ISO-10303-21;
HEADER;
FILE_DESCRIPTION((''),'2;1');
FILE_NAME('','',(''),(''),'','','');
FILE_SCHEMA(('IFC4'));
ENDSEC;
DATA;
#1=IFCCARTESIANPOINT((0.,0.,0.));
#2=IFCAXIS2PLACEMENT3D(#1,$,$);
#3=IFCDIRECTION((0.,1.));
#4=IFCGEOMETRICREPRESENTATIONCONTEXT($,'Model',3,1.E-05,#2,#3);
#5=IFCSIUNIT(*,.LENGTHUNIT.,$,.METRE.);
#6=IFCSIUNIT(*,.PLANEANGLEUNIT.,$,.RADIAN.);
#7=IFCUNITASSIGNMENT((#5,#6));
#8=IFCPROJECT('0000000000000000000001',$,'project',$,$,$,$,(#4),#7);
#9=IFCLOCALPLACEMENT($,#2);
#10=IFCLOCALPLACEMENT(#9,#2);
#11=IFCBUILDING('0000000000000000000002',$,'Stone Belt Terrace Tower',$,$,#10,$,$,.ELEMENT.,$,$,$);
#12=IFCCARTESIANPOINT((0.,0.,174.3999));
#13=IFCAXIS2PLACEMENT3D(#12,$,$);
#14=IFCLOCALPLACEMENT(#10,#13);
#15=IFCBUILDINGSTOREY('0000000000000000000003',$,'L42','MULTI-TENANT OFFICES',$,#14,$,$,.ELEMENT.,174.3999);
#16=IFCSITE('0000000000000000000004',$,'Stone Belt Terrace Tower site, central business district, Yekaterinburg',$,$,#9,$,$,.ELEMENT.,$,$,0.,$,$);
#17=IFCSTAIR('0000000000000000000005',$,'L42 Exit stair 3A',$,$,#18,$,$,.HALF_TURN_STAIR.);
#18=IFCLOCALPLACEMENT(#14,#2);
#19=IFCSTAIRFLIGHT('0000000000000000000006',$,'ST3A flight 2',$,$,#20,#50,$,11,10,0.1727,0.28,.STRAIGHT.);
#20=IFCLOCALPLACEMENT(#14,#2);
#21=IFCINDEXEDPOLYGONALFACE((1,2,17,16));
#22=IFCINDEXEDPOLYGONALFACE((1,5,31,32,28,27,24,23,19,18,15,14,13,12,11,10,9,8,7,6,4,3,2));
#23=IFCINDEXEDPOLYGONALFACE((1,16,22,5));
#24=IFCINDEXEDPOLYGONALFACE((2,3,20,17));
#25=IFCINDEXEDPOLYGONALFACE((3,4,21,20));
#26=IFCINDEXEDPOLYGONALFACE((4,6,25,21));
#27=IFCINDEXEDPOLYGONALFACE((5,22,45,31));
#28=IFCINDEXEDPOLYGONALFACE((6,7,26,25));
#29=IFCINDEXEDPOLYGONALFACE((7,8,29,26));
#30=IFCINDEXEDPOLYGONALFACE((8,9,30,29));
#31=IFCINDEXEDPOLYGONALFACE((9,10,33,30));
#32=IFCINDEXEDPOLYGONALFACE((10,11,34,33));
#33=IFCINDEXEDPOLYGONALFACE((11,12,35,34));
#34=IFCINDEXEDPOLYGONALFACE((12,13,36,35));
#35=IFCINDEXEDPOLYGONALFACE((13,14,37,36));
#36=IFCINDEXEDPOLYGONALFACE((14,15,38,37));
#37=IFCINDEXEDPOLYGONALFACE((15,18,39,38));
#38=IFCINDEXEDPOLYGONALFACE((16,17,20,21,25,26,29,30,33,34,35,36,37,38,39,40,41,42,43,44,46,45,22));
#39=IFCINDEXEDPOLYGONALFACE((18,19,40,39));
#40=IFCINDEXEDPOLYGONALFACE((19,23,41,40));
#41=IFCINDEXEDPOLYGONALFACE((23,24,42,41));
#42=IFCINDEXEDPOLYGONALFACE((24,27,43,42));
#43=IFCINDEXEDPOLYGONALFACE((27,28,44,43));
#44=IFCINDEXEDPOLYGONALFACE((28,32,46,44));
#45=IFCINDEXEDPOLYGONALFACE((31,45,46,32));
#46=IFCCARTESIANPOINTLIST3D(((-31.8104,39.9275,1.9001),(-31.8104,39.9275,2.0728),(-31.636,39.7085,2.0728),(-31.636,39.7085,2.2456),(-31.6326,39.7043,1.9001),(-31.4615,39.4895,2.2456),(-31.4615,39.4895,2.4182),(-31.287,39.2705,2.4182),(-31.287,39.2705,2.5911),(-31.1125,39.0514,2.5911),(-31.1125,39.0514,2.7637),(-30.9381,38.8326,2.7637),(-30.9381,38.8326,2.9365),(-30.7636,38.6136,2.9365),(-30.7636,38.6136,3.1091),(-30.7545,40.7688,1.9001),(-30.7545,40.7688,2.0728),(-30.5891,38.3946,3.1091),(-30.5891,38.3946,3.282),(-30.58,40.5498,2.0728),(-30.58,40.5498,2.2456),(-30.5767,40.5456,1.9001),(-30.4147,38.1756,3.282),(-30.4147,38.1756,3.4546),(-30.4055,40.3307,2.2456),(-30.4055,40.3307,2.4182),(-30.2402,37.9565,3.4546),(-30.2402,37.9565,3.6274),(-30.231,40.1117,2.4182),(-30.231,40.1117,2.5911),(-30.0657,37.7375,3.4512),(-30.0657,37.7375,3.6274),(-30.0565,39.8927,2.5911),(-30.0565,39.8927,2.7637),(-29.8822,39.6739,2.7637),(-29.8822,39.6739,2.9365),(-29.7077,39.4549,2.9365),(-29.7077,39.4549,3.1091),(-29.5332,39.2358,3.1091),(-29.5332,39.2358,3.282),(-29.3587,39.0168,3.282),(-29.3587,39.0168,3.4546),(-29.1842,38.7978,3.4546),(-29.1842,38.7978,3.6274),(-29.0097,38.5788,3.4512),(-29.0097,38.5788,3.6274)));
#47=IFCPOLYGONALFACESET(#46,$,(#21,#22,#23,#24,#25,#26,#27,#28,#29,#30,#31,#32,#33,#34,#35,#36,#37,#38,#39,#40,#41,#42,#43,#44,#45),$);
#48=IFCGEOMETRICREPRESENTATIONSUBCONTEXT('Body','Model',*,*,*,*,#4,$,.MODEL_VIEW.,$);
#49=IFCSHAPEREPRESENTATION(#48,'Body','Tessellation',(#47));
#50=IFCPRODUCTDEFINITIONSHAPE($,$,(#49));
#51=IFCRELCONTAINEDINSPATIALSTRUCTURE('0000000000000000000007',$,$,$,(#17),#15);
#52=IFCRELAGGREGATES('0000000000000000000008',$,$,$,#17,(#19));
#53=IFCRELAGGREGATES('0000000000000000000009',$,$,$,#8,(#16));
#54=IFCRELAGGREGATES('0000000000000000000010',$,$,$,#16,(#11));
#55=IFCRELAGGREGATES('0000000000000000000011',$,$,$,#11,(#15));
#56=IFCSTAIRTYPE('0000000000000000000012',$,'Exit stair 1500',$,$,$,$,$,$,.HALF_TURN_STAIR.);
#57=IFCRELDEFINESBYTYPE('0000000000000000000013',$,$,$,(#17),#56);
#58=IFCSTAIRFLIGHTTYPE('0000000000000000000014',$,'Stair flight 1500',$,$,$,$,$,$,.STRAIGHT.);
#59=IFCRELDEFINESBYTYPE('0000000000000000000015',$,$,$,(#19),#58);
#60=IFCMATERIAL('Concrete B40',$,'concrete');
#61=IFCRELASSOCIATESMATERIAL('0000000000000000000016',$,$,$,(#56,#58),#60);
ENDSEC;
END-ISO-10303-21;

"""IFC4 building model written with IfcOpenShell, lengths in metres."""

from ifc_helpers import new_model, si_unit, direction, frame, origin, place, context, subcontext, project, spatial, polyline, outline, extrude, material, type_object, element, aggregate, save


model = new_model("IFC4")

# Units and contexts
model_context = context("Model", 3, precision=1e-05, world=origin(), true_north=direction((0.0, 1.0)))
body_context = subcontext(model_context, "Body", "Model", "MODEL_VIEW")
ifc_project = project(units=[si_unit("LENGTHUNIT", "METRE"), si_unit("PLANEANGLEUNIT", "RADIAN")], contexts=[model_context])

# Site, building, storey
site_placement = place(None, origin())
site = spatial("IfcSite", under=ifc_project, at=site_placement, Name="Stone Belt Terrace Tower site, central business district, Yekaterinburg", CompositionType="ELEMENT", RefElevation=0.0)
building_placement = place(site_placement, origin())
building = spatial("IfcBuilding", under=site, at=building_placement, Name="Stone Belt Terrace Tower", CompositionType="ELEMENT")
storey_placement = place(building_placement, frame((0.0, 0.0, 174.3999)))
storey = spatial("IfcBuildingStorey", under=building, at=storey_placement, Name="L42", Description="MULTI-TENANT OFFICES", CompositionType="ELEMENT", Elevation=174.3999)

# Stair, stair flight
ifc_material_1 = material(Name="Concrete B40", Category="concrete")
stair_type = type_object("IfcStairType", Name="Exit stair 1500", PredefinedType="HALF_TURN_STAIR", material=ifc_material_1)
stair_placement = place(storey_placement, origin())
stair = element("IfcStair", 1, at=stair_placement, inside=storey, type_object=stair_type, Name="L42 Exit stair 3A", PredefinedType="HALF_TURN_STAIR")
stair_flight_type = type_object("IfcStairFlightType", Name="Stair flight 1500", PredefinedType="STRAIGHT", material=ifc_material_1)
stair_flight_1_placement = place(storey_placement, frame((-31.2825, 40.3481, 1.9001), z_axis=(0.0, 0.0, 1.0), x_axis=(0.623121, -0.782125, 0.0)))
stair_flight_1 = element("IfcStairFlight", 2, at=stair_flight_1_placement, type_object=stair_flight_type, Name="ST3A flight 2", NumberOfRisers=11, NumberOfTreads=10, PredefinedType="STRAIGHT", RiserHeight=0.1727, TreadLength=0.28, context=body_context, shape_type="SweptSolid", body=[
    extrude(outline(polyline([(0.0, 0.0), (0.0, 0.1726), (0.28, 0.1726), (0.28, 0.3455), (0.5601, 0.3455), (0.5601, 0.5181), (0.8401, 0.5181), (0.8401, 0.6909), (1.1201, 0.6909), (1.1201, 0.8635), (1.3999, 0.8635), (1.3999, 1.0364), (1.6799, 1.0364), (1.6799, 1.209), (1.96, 1.209), (1.96, 1.3818), (2.24, 1.3818), (2.24, 1.5544), (2.52, 1.5544), (2.52, 1.7273), (2.8, 1.7273), (2.8, 1.8999), (2.8, 1.551), (0.2854, 0.0), (0.0, 0.0)])), frame((0.0, 0.675, 0.0), z_axis=(0.0, -1.0, 0.0), x_axis=(1.0, 0.0, 0.0)), (0.0, 0.0, 1.0), 1.3501),
])
aggregate(stair, [stair_flight_1])

save(model, "model.ifc")
